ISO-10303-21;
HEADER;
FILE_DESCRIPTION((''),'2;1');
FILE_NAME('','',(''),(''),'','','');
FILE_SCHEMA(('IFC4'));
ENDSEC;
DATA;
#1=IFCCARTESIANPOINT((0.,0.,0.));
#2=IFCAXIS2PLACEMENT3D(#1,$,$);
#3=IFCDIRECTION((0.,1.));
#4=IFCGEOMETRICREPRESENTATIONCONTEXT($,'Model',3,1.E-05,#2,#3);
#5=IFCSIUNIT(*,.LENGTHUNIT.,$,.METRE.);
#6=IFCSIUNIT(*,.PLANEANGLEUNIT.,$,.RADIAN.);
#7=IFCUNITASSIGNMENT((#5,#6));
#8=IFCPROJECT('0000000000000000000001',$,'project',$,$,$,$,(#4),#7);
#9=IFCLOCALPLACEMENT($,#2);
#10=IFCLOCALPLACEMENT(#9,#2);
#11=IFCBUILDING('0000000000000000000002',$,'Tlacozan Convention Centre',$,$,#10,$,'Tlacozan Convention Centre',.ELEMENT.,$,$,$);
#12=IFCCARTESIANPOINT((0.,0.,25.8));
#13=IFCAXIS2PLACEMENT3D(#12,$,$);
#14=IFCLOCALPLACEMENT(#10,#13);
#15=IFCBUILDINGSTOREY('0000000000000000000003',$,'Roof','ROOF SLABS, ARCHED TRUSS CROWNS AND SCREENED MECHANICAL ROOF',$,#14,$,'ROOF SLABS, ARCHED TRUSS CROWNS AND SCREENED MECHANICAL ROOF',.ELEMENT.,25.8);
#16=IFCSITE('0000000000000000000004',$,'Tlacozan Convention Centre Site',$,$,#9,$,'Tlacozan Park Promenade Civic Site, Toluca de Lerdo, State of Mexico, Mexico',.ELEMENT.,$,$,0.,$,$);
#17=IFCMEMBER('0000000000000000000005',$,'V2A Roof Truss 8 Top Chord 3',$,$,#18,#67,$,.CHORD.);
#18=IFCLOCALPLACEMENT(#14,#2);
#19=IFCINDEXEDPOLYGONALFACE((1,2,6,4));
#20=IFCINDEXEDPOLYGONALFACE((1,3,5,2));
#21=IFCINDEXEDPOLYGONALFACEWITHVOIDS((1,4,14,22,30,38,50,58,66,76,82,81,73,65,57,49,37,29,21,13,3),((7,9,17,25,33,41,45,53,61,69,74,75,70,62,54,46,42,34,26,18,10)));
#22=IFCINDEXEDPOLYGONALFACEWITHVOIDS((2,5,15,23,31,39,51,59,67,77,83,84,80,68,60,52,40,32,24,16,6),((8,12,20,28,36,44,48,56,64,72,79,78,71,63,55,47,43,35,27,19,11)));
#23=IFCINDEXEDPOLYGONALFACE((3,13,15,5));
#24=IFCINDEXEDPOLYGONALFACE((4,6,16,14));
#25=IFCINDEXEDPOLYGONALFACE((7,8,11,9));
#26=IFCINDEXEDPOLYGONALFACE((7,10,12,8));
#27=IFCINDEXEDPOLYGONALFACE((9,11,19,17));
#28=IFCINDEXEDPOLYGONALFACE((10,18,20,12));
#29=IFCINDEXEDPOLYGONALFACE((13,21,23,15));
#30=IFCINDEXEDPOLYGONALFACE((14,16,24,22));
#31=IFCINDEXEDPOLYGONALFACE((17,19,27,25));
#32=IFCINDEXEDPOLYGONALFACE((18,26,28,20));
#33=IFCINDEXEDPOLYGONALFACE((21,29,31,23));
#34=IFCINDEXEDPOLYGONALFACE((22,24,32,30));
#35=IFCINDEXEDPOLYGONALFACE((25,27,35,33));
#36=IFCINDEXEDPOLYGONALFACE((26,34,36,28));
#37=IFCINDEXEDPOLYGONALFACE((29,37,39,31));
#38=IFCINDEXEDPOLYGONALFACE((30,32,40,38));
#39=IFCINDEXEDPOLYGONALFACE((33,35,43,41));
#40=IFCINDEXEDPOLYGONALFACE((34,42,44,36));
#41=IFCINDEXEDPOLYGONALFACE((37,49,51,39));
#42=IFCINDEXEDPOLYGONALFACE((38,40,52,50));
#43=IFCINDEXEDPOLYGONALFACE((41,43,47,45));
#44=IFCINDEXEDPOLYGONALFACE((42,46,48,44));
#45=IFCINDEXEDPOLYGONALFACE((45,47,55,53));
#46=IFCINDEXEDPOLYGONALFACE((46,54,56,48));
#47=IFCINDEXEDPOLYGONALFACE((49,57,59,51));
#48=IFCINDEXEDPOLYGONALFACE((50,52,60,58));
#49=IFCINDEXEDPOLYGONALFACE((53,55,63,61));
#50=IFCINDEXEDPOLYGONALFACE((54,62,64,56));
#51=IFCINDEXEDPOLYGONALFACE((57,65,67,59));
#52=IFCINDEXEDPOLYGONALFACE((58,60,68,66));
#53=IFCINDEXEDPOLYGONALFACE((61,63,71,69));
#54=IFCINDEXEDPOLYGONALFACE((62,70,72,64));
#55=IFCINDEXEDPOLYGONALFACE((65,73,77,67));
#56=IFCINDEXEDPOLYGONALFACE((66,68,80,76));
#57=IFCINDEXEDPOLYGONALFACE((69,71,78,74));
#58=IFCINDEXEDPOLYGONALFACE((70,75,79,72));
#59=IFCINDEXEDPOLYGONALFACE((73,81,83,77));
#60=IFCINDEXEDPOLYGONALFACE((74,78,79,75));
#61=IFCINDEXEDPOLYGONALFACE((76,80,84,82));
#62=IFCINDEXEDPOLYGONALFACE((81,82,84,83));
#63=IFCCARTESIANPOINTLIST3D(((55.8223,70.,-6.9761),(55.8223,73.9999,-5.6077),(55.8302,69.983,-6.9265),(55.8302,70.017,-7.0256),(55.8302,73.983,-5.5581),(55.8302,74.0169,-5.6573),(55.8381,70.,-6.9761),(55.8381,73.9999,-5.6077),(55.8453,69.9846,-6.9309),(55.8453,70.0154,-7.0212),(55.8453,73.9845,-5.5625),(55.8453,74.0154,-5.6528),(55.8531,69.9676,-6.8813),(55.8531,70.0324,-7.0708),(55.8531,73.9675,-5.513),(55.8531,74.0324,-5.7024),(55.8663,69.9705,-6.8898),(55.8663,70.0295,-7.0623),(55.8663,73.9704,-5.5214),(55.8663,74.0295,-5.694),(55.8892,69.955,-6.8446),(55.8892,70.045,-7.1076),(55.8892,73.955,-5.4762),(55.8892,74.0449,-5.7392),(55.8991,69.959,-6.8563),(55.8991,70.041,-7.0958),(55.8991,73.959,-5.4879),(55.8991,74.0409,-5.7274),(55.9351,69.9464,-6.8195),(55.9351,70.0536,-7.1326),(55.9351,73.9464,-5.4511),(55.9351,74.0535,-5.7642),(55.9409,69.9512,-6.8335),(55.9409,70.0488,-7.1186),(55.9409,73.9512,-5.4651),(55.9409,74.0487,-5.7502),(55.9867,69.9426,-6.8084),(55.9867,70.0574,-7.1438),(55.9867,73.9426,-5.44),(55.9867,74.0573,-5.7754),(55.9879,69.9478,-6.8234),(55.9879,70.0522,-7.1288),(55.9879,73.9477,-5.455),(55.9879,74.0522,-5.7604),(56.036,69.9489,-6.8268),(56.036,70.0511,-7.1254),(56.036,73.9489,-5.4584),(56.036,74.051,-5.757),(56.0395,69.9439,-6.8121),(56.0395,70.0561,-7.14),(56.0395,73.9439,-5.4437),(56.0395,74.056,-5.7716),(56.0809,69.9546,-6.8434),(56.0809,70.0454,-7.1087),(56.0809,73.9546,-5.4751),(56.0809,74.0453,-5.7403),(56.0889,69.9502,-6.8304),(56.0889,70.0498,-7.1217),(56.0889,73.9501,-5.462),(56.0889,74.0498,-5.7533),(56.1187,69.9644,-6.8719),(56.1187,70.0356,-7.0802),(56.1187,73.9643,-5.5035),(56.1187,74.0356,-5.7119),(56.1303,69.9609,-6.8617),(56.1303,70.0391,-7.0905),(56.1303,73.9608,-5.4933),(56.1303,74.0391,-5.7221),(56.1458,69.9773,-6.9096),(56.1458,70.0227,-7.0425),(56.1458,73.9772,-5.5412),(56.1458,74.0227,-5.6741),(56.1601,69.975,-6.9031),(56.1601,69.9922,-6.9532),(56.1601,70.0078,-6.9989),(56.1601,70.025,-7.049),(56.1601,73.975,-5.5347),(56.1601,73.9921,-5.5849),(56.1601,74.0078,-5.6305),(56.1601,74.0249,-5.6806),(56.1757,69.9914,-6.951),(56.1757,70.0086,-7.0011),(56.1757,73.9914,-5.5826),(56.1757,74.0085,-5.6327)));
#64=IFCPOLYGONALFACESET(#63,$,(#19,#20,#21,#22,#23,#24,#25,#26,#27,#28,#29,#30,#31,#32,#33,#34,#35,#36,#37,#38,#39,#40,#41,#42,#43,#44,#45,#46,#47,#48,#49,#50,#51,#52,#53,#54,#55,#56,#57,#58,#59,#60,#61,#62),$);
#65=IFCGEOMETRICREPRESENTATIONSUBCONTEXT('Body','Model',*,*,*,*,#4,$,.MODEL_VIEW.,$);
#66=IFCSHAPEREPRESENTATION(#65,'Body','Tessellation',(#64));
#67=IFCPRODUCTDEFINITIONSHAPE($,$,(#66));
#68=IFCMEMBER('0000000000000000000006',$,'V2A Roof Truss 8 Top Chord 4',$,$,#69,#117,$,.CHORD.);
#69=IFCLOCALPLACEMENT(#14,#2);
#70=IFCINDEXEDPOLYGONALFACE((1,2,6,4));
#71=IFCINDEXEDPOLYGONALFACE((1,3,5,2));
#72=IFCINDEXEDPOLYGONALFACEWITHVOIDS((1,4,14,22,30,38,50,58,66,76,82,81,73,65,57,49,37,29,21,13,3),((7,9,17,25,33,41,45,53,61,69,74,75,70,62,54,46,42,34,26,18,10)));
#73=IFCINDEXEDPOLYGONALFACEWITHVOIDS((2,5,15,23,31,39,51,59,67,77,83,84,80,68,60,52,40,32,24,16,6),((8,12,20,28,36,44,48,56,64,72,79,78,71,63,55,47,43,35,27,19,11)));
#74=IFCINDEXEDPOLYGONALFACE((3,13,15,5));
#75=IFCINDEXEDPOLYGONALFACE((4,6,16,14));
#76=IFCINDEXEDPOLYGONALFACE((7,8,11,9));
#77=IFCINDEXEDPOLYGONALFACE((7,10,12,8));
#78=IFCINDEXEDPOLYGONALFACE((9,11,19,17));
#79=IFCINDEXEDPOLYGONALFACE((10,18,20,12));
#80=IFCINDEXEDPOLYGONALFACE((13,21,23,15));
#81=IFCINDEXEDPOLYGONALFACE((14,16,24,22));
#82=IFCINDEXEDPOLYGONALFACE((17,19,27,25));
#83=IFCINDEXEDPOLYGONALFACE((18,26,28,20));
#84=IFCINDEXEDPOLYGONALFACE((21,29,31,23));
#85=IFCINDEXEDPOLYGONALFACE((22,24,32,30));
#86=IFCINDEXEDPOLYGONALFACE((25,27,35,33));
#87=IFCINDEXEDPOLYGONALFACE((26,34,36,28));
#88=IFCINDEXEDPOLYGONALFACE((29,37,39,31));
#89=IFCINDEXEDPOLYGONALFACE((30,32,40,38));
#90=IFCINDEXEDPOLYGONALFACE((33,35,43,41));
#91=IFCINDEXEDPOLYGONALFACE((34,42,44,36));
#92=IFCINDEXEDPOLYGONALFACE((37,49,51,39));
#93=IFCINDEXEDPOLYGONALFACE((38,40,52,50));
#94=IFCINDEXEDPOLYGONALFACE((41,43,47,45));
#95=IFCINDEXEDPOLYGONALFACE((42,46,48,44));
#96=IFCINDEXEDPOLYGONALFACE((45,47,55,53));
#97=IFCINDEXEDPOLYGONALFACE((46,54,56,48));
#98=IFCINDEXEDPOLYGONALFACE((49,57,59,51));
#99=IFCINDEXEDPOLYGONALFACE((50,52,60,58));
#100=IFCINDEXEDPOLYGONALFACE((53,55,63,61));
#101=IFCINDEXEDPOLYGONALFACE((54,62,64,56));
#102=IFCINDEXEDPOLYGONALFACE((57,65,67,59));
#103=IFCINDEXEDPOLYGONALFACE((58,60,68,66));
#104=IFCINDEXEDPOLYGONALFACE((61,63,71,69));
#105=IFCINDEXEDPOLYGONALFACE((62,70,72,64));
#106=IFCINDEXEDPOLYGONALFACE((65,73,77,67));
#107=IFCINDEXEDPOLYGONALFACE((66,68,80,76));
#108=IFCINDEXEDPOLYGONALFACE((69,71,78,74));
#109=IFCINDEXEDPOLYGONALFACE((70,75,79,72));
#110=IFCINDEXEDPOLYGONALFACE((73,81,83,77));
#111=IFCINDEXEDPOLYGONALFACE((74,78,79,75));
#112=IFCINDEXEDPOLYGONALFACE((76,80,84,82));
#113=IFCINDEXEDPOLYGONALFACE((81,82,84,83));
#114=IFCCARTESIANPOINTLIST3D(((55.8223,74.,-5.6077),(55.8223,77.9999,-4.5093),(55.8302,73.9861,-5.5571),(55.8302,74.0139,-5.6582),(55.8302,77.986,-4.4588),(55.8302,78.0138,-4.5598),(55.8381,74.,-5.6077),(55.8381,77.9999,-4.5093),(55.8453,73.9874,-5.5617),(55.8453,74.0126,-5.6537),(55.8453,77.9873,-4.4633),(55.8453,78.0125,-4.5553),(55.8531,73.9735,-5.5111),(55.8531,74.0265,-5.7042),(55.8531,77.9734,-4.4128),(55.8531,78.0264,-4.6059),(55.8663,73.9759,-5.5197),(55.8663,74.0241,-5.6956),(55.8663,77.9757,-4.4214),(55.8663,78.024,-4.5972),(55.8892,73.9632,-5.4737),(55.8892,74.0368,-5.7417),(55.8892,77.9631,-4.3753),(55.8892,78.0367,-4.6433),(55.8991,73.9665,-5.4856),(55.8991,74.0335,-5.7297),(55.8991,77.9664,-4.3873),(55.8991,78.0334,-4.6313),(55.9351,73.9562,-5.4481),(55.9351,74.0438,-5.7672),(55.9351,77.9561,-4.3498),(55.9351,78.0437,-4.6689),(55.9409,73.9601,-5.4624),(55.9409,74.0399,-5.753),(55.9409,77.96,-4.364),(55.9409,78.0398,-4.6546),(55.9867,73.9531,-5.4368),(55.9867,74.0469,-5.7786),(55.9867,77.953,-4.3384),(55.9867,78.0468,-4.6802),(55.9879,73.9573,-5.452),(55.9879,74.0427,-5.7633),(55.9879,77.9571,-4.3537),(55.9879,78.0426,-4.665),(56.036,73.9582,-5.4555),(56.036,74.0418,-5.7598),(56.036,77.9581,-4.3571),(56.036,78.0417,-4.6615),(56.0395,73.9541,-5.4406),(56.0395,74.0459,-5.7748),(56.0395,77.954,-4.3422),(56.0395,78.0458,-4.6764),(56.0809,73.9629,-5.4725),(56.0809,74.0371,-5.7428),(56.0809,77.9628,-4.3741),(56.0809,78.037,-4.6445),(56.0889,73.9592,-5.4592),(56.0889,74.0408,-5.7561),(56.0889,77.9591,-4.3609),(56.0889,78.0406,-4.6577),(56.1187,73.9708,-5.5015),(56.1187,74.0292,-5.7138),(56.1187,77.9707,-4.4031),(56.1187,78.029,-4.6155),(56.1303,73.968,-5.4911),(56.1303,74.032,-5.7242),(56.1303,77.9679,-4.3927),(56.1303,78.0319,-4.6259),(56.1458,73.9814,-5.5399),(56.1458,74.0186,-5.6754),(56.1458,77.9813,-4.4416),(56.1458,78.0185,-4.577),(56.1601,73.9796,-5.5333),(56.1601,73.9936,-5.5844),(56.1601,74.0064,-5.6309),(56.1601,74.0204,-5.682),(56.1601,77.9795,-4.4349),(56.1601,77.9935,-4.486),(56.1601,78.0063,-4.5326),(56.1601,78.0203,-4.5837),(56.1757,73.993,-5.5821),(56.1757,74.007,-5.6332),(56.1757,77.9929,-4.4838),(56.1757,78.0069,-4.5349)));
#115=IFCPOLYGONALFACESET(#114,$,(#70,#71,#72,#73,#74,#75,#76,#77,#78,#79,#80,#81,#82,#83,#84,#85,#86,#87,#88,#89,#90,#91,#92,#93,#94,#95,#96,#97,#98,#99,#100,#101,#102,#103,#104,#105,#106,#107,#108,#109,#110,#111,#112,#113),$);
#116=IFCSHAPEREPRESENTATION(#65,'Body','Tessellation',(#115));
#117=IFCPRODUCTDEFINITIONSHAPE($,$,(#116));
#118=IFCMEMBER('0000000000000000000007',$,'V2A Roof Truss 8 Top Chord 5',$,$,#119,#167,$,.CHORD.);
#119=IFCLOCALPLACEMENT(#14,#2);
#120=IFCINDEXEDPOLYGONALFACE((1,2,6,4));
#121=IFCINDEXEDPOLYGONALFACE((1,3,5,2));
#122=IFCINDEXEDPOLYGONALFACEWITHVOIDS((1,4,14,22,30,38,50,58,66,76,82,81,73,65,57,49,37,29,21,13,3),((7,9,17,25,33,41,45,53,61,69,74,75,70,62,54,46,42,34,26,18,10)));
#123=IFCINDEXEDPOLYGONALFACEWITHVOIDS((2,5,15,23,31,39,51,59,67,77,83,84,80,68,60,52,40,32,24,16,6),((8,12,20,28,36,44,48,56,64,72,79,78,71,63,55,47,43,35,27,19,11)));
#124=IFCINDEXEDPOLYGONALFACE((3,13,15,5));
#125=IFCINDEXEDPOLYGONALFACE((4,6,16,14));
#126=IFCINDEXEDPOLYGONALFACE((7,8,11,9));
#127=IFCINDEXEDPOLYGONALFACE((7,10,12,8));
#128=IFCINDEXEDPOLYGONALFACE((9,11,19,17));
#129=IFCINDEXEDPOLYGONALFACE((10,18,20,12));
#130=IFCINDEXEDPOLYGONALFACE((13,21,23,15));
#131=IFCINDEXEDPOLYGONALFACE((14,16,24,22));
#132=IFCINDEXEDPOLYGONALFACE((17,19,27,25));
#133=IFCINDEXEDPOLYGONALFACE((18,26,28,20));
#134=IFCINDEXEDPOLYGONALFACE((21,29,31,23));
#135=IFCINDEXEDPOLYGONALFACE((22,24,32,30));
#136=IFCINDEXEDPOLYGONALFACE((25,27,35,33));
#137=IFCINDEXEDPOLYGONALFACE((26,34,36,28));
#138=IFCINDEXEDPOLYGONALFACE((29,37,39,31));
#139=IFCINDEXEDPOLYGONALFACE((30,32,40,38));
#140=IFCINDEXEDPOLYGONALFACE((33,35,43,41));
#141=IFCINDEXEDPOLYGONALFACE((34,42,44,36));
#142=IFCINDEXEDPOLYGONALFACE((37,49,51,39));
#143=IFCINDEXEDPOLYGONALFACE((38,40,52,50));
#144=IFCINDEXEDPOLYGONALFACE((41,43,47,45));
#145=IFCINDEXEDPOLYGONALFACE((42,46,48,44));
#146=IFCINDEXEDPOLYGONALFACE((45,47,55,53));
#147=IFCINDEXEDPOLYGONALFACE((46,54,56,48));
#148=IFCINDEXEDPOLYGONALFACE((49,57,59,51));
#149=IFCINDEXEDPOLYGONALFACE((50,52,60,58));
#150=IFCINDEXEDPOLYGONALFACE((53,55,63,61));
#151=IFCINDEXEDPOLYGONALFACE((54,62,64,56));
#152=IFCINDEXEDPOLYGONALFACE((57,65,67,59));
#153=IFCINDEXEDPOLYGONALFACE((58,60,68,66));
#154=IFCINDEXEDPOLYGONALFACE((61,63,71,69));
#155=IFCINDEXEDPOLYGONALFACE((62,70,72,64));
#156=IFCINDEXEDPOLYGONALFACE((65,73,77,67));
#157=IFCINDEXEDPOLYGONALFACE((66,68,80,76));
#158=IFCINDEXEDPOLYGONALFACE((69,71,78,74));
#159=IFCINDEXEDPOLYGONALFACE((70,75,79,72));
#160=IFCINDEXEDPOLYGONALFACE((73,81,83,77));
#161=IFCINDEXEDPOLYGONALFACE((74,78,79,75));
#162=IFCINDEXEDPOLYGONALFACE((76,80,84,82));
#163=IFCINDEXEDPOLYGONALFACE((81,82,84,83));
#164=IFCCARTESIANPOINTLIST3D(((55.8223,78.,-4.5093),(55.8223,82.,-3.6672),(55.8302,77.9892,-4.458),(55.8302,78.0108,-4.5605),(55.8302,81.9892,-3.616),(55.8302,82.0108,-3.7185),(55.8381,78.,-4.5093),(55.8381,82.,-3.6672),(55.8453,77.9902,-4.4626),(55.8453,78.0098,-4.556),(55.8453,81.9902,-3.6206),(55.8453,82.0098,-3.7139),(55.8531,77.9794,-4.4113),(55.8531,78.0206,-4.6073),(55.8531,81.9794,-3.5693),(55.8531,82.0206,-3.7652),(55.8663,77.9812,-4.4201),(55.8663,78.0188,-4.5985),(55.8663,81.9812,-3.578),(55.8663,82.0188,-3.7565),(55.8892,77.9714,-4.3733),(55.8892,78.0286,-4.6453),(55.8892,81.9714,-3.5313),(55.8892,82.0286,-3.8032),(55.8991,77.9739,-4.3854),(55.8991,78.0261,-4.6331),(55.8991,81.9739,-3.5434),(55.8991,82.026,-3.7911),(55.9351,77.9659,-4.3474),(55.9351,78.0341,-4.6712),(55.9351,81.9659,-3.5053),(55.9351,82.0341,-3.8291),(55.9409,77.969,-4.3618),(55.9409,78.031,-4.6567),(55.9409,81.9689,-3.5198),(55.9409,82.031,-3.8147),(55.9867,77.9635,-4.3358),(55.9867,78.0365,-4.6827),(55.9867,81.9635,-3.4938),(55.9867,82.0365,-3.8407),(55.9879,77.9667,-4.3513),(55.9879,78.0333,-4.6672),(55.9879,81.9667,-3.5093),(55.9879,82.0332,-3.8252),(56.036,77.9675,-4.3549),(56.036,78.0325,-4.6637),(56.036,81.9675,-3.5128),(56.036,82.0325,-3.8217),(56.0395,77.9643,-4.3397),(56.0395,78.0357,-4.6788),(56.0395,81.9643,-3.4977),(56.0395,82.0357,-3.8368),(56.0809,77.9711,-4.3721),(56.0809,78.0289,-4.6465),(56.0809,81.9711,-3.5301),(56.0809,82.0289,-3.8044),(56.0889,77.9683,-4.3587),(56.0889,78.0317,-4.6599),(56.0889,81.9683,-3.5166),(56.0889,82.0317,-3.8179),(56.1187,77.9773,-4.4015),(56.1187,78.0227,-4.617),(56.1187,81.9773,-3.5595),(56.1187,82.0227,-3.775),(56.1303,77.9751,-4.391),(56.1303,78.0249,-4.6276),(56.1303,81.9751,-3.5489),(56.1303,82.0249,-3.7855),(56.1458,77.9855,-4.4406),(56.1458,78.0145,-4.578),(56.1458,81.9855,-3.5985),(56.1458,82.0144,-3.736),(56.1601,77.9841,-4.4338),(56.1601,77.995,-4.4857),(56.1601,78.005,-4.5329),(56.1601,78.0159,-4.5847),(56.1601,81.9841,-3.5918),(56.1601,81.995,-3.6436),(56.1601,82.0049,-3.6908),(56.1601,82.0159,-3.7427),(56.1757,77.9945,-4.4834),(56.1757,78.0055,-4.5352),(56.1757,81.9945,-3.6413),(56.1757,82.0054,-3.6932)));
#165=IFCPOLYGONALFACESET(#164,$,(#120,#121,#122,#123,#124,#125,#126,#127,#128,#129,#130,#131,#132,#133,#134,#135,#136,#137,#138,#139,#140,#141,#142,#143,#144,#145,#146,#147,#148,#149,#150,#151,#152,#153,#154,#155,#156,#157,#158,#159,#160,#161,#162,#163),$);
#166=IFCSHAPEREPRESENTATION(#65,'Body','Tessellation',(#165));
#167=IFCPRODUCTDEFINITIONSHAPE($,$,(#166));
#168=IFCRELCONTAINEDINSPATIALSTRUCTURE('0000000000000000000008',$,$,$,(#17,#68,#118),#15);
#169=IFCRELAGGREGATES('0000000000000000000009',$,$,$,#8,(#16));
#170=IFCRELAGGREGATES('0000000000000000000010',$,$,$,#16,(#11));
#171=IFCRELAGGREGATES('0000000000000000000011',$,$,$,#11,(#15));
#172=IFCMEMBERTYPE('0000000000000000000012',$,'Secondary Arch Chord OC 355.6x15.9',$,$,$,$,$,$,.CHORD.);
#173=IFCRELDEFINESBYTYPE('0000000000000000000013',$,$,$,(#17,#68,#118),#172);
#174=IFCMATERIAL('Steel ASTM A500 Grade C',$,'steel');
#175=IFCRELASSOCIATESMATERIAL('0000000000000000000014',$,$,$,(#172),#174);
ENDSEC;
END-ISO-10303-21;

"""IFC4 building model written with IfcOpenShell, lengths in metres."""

from ifc_helpers import new_model, si_unit, direction, frame, origin, origin_2d, place, context, subcontext, project, spatial, hollow_circle, extrude, material, material_profile, profile_set, type_object, element, save


model = new_model("IFC4")

# Units and contexts
model_context = context("Model", 3, precision=1e-05, world=origin(), true_north=direction((0.0, 1.0)))
body_context = subcontext(model_context, "Body", "Model", "MODEL_VIEW")
ifc_project = project(units=[si_unit("LENGTHUNIT", "METRE"), si_unit("PLANEANGLEUNIT", "RADIAN")], contexts=[model_context])

# Site, building, storey
site_placement = place(None, origin())
site = spatial("IfcSite", under=ifc_project, at=site_placement, Name="Tlacozan Convention Centre Site", LongName="Tlacozan Park Promenade Civic Site, Toluca de Lerdo, State of Mexico, Mexico", CompositionType="ELEMENT", RefElevation=0.0)
building_placement = place(site_placement, origin())
building = spatial("IfcBuilding", under=site, at=building_placement, Name="Tlacozan Convention Centre", LongName="Tlacozan Convention Centre", CompositionType="ELEMENT")
storey_placement = place(building_placement, frame((0.0, 0.0, 25.8)))
storey = spatial("IfcBuildingStorey", under=building, at=storey_placement, Name="Roof", Description="ROOF SLABS, ARCHED TRUSS CROWNS AND SCREENED MECHANICAL ROOF", LongName="ROOF SLABS, ARCHED TRUSS CROWNS AND SCREENED MECHANICAL ROOF", CompositionType="ELEMENT", Elevation=25.8)

# Members
ifc_material_1 = material(Name="Steel ASTM A500 Grade C", Category="steel")
ifc_material_profile_1 = material_profile(ifc_material_1, hollow_circle(Radius=0.1777, WallThickness=0.0159, at=origin_2d()), Name="OC 355.6x15.9")
ifc_profile_set_1 = profile_set([ifc_material_profile_1], Name="Steel ASTM A500 Grade C")
member_type_1 = type_object("IfcMemberType", Name="Secondary Arch Chord OC 355.6x15.9", PredefinedType="CHORD", material=ifc_profile_set_1)
member_1_placement = place(storey_placement, frame((56.0, 70.0, -6.9761), z_axis=(0.0, 0.946165, 0.323685), x_axis=(-1.0, 0.0, 0.0)))
element("IfcMember", 1, at=member_1_placement, inside=storey, type_object=member_type_1, Name="V2A Roof Truss 8 Top Chord 3", PredefinedType="CHORD", context=body_context, shape_type="SweptSolid", body=[
    extrude(hollow_circle(Radius=0.1777, WallThickness=0.0159, at=origin_2d()), origin(), (0.0, 0.0, 1.0), 4.2275),
])
member_2_placement = place(storey_placement, frame((56.0, 74.0, -5.6077), z_axis=(0.0, 0.964305, 0.264795), x_axis=(-1.0, 0.0, 0.0)))
element("IfcMember", 2, at=member_2_placement, inside=storey, type_object=member_type_1, Name="V2A Roof Truss 8 Top Chord 4", PredefinedType="CHORD", context=body_context, shape_type="SweptSolid", body=[
    extrude(hollow_circle(Radius=0.1777, WallThickness=0.0159, at=origin_2d()), origin(), (0.0, 0.0, 1.0), 4.1479),
])
member_3_placement = place(storey_placement, frame((56.0, 78.0, -4.5093), z_axis=(0.0, 0.978553, 0.205995), x_axis=(-1.0, 0.0, 0.0)))
element("IfcMember", 3, at=member_3_placement, inside=storey, type_object=member_type_1, Name="V2A Roof Truss 8 Top Chord 5", PredefinedType="CHORD", context=body_context, shape_type="SweptSolid", body=[
    extrude(hollow_circle(Radius=0.1777, WallThickness=0.0159, at=origin_2d()), origin(), (0.0, 0.0, 1.0), 4.0876),
])

save(model, "model.ifc")
